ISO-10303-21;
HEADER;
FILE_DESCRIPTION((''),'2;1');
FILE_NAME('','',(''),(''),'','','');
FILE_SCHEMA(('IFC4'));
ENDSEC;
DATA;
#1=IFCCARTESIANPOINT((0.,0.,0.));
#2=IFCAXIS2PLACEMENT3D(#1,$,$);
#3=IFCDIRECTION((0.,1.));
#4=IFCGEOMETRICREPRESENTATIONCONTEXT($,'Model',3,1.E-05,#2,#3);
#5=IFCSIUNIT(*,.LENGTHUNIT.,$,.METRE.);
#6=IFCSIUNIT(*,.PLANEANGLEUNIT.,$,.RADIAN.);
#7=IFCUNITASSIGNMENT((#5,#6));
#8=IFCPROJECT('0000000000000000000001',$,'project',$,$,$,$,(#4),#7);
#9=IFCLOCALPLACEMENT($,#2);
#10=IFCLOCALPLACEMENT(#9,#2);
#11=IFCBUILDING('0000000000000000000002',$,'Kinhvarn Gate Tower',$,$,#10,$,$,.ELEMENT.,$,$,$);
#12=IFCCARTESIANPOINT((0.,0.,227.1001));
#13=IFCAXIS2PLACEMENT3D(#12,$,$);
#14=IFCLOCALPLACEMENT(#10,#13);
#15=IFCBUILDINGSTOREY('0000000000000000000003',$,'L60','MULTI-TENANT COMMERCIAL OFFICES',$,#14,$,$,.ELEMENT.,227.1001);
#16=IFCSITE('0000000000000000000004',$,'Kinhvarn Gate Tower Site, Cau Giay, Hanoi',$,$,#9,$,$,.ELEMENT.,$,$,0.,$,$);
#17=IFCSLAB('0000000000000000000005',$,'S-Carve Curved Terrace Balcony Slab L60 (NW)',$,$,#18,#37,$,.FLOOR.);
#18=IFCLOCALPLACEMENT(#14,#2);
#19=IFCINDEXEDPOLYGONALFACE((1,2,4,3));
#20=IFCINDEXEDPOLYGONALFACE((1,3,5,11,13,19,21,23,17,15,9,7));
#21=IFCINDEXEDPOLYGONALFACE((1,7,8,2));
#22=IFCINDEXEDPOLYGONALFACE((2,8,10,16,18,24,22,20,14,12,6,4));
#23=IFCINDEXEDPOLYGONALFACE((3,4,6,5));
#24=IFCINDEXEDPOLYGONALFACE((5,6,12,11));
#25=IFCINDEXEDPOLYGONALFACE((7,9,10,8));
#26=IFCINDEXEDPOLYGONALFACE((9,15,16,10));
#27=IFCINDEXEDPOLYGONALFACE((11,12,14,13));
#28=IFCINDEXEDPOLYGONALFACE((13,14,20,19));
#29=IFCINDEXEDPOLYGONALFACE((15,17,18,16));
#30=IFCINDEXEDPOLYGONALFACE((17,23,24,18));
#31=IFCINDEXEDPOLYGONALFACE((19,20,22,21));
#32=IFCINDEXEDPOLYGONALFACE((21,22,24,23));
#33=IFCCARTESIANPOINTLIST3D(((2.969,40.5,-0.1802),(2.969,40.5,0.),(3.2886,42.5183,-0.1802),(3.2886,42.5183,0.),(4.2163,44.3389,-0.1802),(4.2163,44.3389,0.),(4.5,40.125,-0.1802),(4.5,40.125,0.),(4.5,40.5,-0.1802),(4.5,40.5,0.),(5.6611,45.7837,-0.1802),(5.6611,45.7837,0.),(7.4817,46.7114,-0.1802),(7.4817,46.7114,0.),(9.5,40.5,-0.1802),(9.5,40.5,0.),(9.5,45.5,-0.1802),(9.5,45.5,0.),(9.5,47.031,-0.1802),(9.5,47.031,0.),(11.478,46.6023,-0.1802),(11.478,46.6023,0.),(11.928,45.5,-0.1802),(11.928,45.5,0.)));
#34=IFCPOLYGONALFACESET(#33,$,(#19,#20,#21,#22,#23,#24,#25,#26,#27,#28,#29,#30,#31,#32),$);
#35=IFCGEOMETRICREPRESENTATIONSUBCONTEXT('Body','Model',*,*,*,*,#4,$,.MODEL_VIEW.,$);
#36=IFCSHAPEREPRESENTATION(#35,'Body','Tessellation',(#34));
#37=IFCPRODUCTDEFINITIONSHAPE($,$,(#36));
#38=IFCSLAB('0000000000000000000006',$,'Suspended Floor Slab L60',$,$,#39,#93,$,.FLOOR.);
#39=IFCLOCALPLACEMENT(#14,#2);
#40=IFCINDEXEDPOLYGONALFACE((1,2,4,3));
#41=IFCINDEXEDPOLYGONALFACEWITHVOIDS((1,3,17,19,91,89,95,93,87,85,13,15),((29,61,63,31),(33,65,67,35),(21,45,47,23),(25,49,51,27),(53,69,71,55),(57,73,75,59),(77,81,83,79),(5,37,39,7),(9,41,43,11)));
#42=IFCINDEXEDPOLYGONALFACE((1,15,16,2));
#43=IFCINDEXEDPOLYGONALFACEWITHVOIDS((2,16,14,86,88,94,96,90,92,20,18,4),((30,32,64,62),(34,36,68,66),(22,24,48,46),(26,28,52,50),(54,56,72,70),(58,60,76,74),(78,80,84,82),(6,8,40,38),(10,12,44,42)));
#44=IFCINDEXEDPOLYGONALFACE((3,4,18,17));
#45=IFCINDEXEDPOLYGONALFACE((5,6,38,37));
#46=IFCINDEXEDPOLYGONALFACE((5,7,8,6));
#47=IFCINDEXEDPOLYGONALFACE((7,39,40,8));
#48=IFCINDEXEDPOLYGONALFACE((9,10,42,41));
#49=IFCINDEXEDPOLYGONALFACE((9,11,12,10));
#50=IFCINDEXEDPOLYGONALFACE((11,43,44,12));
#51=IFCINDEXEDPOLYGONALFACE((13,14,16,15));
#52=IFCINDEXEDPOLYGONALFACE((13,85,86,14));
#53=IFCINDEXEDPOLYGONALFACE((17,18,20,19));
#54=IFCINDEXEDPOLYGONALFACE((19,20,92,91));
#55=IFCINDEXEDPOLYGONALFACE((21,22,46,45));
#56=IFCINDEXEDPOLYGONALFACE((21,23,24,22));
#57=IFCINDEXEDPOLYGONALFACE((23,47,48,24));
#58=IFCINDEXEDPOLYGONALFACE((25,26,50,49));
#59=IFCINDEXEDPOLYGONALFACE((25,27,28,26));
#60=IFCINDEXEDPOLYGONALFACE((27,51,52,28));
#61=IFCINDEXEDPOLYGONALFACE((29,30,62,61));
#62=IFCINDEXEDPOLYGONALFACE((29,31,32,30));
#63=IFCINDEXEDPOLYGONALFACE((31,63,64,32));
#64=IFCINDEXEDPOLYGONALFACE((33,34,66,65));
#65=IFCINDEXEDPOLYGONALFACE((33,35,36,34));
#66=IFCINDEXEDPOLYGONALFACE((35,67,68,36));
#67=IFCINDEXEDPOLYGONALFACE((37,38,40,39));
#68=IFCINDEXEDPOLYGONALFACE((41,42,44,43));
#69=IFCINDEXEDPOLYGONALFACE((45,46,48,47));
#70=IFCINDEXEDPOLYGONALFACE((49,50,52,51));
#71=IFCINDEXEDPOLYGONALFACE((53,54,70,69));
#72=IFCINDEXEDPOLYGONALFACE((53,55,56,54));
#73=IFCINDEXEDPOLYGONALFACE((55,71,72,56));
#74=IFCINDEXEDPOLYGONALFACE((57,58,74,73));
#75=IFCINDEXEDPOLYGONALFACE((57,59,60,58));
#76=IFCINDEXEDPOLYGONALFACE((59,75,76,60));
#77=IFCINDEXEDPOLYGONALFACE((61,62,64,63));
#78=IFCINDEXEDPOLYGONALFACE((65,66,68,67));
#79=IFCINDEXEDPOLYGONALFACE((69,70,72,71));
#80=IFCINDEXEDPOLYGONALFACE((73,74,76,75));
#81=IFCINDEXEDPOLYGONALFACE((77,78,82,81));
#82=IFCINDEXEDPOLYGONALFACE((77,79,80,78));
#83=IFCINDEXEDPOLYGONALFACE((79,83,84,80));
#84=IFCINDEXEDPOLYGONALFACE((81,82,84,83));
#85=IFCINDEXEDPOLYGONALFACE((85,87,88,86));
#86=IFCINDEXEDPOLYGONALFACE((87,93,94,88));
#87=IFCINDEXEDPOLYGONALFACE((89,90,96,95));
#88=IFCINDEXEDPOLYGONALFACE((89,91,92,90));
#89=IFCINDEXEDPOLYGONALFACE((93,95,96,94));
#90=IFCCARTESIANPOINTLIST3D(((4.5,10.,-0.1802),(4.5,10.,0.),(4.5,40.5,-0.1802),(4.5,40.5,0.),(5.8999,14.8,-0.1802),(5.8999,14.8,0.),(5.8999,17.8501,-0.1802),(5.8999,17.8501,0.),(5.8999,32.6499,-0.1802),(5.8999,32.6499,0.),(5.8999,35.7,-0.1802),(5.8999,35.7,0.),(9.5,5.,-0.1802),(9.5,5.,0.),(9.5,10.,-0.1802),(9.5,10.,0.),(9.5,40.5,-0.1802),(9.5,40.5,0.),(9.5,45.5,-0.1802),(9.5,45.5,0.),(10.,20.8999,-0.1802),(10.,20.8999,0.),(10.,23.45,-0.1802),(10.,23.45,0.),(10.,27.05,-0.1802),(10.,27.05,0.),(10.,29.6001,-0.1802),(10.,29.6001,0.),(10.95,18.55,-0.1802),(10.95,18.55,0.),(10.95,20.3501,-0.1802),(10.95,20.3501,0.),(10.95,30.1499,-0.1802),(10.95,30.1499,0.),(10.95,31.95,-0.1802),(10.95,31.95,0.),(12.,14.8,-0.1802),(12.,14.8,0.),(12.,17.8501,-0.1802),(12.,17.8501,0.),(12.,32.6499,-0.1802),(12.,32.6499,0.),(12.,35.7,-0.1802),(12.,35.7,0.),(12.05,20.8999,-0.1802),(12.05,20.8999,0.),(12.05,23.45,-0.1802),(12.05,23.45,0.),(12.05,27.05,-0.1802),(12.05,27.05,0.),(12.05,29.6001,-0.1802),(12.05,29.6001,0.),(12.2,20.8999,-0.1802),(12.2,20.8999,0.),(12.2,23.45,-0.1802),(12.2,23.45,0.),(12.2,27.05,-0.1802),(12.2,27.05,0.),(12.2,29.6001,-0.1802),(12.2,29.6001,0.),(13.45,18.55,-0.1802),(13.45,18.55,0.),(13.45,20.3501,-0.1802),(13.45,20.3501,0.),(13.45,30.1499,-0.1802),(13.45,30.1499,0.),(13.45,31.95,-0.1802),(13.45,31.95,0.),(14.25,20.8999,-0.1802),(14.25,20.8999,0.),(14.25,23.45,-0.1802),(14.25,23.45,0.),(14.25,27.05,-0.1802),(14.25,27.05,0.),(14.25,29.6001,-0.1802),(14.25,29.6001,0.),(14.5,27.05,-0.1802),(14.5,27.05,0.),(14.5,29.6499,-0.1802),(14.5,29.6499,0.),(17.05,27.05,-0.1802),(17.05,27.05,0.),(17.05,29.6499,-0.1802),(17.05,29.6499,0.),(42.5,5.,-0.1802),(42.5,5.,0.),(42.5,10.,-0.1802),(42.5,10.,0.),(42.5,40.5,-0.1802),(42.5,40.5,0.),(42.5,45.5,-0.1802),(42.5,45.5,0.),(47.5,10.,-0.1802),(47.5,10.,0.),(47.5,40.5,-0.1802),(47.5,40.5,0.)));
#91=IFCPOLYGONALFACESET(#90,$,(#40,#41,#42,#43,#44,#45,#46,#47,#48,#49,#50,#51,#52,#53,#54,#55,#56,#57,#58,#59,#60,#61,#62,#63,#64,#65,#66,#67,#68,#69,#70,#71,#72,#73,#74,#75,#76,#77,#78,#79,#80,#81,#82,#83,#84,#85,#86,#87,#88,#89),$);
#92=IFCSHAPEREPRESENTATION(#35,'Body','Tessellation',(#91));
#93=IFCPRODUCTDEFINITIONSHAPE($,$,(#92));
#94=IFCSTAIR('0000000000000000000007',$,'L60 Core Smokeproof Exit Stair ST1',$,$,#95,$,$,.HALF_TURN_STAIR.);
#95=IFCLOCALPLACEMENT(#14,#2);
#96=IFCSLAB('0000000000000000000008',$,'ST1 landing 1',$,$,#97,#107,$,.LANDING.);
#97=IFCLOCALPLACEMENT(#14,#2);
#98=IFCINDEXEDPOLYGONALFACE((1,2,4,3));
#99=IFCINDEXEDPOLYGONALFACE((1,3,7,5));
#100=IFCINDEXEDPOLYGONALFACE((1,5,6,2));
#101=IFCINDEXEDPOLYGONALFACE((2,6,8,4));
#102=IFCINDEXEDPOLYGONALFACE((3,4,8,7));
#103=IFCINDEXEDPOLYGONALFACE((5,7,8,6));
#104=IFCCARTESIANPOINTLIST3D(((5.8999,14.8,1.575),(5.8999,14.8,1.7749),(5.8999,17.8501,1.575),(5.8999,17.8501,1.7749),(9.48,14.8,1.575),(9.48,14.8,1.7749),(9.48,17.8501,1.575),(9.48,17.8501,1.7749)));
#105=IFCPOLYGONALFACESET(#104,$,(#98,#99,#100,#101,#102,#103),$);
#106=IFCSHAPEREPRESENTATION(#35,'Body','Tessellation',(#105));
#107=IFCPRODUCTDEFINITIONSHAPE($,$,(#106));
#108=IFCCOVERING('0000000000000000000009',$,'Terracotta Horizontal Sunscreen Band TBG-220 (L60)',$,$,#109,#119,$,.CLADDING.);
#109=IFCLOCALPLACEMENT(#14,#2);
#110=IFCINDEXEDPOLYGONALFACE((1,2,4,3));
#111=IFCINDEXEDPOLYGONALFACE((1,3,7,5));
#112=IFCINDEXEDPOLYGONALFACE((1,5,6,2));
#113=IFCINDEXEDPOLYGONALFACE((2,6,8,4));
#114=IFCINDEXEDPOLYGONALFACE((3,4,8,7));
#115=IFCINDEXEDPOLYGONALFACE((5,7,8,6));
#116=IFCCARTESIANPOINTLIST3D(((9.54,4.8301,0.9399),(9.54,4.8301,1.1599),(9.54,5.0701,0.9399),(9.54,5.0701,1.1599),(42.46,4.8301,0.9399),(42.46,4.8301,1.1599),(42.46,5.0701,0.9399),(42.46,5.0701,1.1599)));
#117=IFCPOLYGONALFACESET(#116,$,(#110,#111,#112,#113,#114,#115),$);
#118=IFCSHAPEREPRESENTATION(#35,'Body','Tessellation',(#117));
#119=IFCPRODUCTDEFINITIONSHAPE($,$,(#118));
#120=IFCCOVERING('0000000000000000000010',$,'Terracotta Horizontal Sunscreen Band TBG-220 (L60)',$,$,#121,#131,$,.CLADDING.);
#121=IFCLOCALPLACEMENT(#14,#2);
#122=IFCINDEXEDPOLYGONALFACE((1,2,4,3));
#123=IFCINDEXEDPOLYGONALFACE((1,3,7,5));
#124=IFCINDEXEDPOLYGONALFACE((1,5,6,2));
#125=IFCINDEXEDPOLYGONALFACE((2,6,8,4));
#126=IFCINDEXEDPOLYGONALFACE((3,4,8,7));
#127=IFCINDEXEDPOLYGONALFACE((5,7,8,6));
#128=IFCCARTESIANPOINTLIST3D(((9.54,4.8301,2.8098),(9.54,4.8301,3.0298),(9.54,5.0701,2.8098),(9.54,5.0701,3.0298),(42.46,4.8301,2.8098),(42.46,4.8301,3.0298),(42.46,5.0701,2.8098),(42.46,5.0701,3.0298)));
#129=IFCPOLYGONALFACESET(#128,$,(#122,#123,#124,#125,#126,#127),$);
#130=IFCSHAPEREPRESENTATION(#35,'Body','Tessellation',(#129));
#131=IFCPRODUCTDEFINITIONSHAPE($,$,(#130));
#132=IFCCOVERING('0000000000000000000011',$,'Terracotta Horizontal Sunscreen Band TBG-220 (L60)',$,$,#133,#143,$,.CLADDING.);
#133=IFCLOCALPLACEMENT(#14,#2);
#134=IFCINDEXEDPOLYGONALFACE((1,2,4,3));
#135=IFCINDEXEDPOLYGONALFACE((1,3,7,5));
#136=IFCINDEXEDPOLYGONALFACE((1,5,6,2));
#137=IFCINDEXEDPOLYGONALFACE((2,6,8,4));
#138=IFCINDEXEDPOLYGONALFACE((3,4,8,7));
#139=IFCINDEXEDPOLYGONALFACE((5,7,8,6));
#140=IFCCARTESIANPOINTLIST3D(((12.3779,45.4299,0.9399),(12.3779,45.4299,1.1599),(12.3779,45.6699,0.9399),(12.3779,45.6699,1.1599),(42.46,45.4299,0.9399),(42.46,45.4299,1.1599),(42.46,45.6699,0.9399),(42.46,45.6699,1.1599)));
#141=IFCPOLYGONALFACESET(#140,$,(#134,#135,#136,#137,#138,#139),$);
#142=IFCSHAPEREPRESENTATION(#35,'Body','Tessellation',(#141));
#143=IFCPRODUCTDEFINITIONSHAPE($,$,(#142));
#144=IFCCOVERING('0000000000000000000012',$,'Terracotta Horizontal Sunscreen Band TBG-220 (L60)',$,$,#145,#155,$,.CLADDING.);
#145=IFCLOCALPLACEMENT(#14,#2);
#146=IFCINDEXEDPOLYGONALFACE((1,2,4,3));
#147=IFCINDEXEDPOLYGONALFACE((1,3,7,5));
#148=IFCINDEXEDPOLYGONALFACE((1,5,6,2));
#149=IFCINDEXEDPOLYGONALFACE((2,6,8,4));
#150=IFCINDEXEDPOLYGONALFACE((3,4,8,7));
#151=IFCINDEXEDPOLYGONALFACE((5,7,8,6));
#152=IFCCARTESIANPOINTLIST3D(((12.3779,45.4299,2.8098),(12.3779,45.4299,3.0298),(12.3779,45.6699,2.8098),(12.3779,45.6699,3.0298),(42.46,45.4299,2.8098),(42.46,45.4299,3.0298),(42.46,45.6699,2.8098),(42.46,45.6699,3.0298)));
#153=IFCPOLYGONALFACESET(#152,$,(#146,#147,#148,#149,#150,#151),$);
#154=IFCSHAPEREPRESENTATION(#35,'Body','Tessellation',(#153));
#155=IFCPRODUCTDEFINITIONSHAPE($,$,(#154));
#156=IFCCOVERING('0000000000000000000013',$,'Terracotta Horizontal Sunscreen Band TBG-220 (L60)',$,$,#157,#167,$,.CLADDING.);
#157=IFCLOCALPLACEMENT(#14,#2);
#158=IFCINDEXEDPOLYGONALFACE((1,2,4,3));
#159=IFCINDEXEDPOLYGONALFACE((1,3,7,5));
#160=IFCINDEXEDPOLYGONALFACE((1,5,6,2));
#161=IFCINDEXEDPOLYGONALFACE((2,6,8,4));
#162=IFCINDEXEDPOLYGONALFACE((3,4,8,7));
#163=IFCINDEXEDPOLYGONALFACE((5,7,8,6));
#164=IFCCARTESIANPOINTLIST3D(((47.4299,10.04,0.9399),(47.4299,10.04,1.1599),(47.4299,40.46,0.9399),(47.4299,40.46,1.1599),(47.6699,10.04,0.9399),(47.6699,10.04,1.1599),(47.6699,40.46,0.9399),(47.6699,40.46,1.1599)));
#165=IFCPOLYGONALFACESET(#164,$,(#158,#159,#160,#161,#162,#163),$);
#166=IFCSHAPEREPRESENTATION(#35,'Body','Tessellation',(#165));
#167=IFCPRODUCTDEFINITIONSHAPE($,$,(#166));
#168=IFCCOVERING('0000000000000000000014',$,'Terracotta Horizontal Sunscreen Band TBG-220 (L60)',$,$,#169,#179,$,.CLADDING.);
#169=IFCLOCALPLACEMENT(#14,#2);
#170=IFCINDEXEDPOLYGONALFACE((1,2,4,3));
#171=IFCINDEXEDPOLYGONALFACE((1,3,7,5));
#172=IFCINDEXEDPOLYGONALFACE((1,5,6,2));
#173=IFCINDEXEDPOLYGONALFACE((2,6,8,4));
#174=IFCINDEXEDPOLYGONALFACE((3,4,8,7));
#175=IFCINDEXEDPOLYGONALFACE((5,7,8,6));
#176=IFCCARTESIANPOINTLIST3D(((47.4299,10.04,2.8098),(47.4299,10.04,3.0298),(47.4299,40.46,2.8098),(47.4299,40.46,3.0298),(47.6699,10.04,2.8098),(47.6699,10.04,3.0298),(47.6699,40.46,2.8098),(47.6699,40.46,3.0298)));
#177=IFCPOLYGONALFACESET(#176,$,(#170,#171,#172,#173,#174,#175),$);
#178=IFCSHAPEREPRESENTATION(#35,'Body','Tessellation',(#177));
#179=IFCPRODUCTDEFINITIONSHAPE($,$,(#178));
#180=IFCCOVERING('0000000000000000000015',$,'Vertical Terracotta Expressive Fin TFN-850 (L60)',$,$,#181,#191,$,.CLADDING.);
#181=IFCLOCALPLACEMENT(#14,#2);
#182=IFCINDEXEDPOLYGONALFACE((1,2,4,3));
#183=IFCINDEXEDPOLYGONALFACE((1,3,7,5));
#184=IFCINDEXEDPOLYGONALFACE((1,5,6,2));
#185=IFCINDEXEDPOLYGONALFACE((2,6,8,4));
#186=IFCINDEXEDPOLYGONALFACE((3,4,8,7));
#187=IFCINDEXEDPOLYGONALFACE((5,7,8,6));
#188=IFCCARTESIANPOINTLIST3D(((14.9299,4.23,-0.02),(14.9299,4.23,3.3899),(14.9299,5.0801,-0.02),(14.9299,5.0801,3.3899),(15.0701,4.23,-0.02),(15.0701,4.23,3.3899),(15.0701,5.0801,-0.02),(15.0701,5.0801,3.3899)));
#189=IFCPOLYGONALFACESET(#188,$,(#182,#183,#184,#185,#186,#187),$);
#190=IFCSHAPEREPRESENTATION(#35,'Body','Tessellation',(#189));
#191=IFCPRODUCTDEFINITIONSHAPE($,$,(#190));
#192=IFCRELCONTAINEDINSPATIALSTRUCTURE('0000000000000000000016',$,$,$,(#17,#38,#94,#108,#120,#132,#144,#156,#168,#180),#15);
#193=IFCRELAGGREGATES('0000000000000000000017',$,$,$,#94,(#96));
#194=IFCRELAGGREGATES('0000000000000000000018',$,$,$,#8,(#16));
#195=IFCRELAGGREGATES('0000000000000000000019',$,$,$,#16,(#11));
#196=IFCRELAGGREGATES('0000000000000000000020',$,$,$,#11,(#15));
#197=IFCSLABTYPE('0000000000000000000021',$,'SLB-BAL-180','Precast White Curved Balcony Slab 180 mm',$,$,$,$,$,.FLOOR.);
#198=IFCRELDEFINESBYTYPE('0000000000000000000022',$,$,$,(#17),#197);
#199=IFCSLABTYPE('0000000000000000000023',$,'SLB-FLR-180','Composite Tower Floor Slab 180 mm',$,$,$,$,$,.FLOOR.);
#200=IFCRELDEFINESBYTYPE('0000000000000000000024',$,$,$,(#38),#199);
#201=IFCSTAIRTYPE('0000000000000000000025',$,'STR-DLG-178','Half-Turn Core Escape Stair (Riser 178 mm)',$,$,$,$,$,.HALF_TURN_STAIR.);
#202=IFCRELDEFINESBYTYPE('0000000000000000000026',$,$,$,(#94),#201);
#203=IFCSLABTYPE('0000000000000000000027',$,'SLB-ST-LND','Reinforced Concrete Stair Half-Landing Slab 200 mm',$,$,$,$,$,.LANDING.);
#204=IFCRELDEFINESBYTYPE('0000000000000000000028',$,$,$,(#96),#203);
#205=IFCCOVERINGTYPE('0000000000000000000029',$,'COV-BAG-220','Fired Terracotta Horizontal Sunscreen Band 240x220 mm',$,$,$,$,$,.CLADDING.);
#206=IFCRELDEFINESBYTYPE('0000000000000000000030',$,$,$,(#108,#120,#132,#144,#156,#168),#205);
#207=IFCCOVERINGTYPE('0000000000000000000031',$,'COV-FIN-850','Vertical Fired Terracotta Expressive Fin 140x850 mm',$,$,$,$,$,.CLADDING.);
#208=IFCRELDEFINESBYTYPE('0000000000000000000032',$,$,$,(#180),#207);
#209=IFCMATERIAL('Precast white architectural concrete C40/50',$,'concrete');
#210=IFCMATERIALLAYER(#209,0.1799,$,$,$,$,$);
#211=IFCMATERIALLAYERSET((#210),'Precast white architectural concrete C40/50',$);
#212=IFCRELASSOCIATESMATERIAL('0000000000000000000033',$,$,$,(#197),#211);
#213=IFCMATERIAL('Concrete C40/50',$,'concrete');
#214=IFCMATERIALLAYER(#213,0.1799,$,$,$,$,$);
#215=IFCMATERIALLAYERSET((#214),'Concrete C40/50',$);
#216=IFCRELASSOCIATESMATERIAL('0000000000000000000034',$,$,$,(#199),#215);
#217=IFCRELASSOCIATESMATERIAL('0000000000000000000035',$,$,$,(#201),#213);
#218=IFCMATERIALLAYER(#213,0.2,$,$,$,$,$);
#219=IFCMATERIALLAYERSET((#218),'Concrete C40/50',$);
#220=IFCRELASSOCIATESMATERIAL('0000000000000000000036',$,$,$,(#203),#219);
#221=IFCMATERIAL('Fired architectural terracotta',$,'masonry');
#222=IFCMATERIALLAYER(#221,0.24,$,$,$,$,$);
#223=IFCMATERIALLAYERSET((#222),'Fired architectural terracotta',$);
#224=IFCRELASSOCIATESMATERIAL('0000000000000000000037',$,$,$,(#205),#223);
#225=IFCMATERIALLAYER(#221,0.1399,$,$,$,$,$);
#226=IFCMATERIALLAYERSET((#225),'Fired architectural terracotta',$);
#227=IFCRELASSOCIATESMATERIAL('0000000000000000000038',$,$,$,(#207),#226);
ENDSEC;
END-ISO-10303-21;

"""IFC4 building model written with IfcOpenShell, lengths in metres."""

from ifc_helpers import new_model, si_unit, direction, frame, origin, place, context, subcontext, project, spatial, polyline, outline, extrude, material, layer, layer_set, type_object, element, aggregate, save


model = new_model("IFC4")

# Units and contexts
model_context = context("Model", 3, precision=1e-05, world=origin(), true_north=direction((0.0, 1.0)))
body_context = subcontext(model_context, "Body", "Model", "MODEL_VIEW")
ifc_project = project(units=[si_unit("LENGTHUNIT", "METRE"), si_unit("PLANEANGLEUNIT", "RADIAN")], contexts=[model_context])

# Site, building, storey
site_placement = place(None, origin())
site = spatial("IfcSite", under=ifc_project, at=site_placement, Name="Kinhvarn Gate Tower Site, Cau Giay, Hanoi", CompositionType="ELEMENT", RefElevation=0.0)
building_placement = place(site_placement, origin())
building = spatial("IfcBuilding", under=site, at=building_placement, Name="Kinhvarn Gate Tower", CompositionType="ELEMENT")
storey_placement = place(building_placement, frame((0.0, 0.0, 227.1001)))
storey = spatial("IfcBuildingStorey", under=building, at=storey_placement, Name="L60", Description="MULTI-TENANT COMMERCIAL OFFICES", CompositionType="ELEMENT", Elevation=227.1001)

# Slabs
ifc_material_1 = material(Name="Precast white architectural concrete C40/50", Category="concrete")
ifc_layer_1 = layer(ifc_material_1, 0.1799)
ifc_layer_set_1 = layer_set([ifc_layer_1], Name="Precast white architectural concrete C40/50")
slab_type_1 = type_object("IfcSlabType", Name="SLB-BAL-180", Description="Precast White Curved Balcony Slab 180 mm", PredefinedType="FLOOR", material=ifc_layer_set_1)
slab_1_placement = place(storey_placement, frame((0.0, 0.0, -0.1802)))
element("IfcSlab", 1, at=slab_1_placement, inside=storey, type_object=slab_type_1, Name="S-Carve Curved Terrace Balcony Slab L60 (NW)", PredefinedType="FLOOR", context=body_context, shape_type="SweptSolid", body=[
    extrude(outline(polyline([(11.928, 45.5), (11.478, 46.6023), (9.5, 47.031), (7.4817, 46.7114), (5.6611, 45.7837), (4.2163, 44.3389), (3.2886, 42.5183), (2.969, 40.5), (4.5, 40.125), (4.5, 40.5), (9.5, 40.5), (9.5, 45.5), (11.928, 45.5)])), origin(), (0.0, 0.0, 1.0), 0.1802),
])
ifc_material_2 = material(Name="Concrete C40/50", Category="concrete")
ifc_layer_2 = layer(ifc_material_2, 0.1799)
ifc_layer_set_2 = layer_set([ifc_layer_2], Name="Concrete C40/50")
slab_type_2 = type_object("IfcSlabType", Name="SLB-FLR-180", Description="Composite Tower Floor Slab 180 mm", PredefinedType="FLOOR", material=ifc_layer_set_2)
slab_2_placement = place(storey_placement, frame((0.0, 0.0, -0.1802)))
element("IfcSlab", 2, at=slab_2_placement, inside=storey, type_object=slab_type_2, Name="Suspended Floor Slab L60", PredefinedType="FLOOR", context=body_context, shape_type="SweptSolid", body=[
    extrude(outline(polyline([(9.5, 5.0), (42.5, 5.0), (42.5, 10.0), (47.5, 10.0), (47.5, 40.5), (42.5, 40.5), (42.5, 45.5), (9.5, 45.5), (9.5, 40.5), (4.5, 40.5), (4.5, 10.0), (9.5, 10.0), (9.5, 5.0)]), holes=[polyline([(5.8999, 14.8), (12.0, 14.8), (12.0, 17.8501), (5.8999, 17.8501), (5.8999, 14.8)]), polyline([(5.8999, 32.6499), (12.0, 32.6499), (12.0, 35.7), (5.8999, 35.7), (5.8999, 32.6499)]), polyline([(10.0, 20.8999), (12.05, 20.8999), (12.05, 23.45), (10.0, 23.45), (10.0, 20.8999)]), polyline([(12.2, 20.8999), (14.25, 20.8999), (14.25, 23.45), (12.2, 23.45), (12.2, 20.8999)]), polyline([(10.0, 27.05), (12.05, 27.05), (12.05, 29.6001), (10.0, 29.6001), (10.0, 27.05)]), polyline([(12.2, 27.05), (14.25, 27.05), (14.25, 29.6001), (12.2, 29.6001), (12.2, 27.05)]), polyline([(14.5, 27.05), (17.05, 27.05), (17.05, 29.6499), (14.5, 29.6499), (14.5, 27.05)]), polyline([(10.95, 18.55), (13.45, 18.55), (13.45, 20.3501), (10.95, 20.3501), (10.95, 18.55)]), polyline([(10.95, 30.1499), (13.45, 30.1499), (13.45, 31.95), (10.95, 31.95), (10.95, 30.1499)])]), origin(), (0.0, 0.0, 1.0), 0.1802),
])

# Stair, slab
stair_type = type_object("IfcStairType", Name="STR-DLG-178", Description="Half-Turn Core Escape Stair (Riser 178 mm)", PredefinedType="HALF_TURN_STAIR", material=ifc_material_2)
stair_placement = place(storey_placement, origin())
stair = element("IfcStair", 3, at=stair_placement, inside=storey, type_object=stair_type, Name="L60 Core Smokeproof Exit Stair ST1", PredefinedType="HALF_TURN_STAIR")
ifc_layer_3 = layer(ifc_material_2, 0.2)
ifc_layer_set_3 = layer_set([ifc_layer_3], Name="Concrete C40/50")
slab_type_3 = type_object("IfcSlabType", Name="SLB-ST-LND", Description="Reinforced Concrete Stair Half-Landing Slab 200 mm", PredefinedType="LANDING", material=ifc_layer_set_3)
slab_3_placement = place(storey_placement, frame((0.0, 0.0, 1.575)))
slab_3 = element("IfcSlab", 4, at=slab_3_placement, type_object=slab_type_3, Name="ST1 landing 1", PredefinedType="LANDING", context=body_context, shape_type="SweptSolid", body=[
    extrude(outline(polyline([(9.48, 17.8501), (5.8999, 17.8501), (5.8999, 14.8), (9.48, 14.8), (9.48, 17.8501)])), origin(), (0.0, 0.0, 1.0), 0.2),
])
aggregate(stair, [slab_3])

# Coverings
ifc_material_3 = material(Name="Fired architectural terracotta", Category="masonry")
ifc_layer_4 = layer(ifc_material_3, 0.24)
ifc_layer_set_4 = layer_set([ifc_layer_4], Name="Fired architectural terracotta")
covering_type_1 = type_object("IfcCoveringType", Name="COV-BAG-220", Description="Fired Terracotta Horizontal Sunscreen Band 240x220 mm", PredefinedType="CLADDING", material=ifc_layer_set_4)
for number, where, name in (
    (5, (0.0, 0.0, 0.9399), "Terracotta Horizontal Sunscreen Band TBG-220 (L60)"),
    (6, (0.0, 0.0, 2.8098), "Terracotta Horizontal Sunscreen Band TBG-220 (L60)"),
):
    element("IfcCovering", number, at=place(storey_placement, frame(where)), inside=storey, type_object=covering_type_1, Name=name, PredefinedType="CLADDING", context=body_context, shape_type="SweptSolid", body=[
        extrude(outline(polyline([(9.54, 5.0701), (42.46, 5.0701), (42.46, 4.8301), (9.54, 4.8301), (9.54, 5.0701)])), origin(), (0.0, 0.0, 1.0), 0.22),
    ])
for number, where, name in (
    (7, (0.0, 0.0, 0.9399), "Terracotta Horizontal Sunscreen Band TBG-220 (L60)"),
    (8, (0.0, 0.0, 2.8098), "Terracotta Horizontal Sunscreen Band TBG-220 (L60)"),
):
    element("IfcCovering", number, at=place(storey_placement, frame(where)), inside=storey, type_object=covering_type_1, Name=name, PredefinedType="CLADDING", context=body_context, shape_type="SweptSolid", body=[
        extrude(outline(polyline([(42.46, 45.4299), (12.3779, 45.4299), (12.3779, 45.6699), (42.46, 45.6699), (42.46, 45.4299)])), origin(), (0.0, 0.0, 1.0), 0.22),
    ])
for number, where, name in (
    (9, (0.0, 0.0, 0.9399), "Terracotta Horizontal Sunscreen Band TBG-220 (L60)"),
    (10, (0.0, 0.0, 2.8098), "Terracotta Horizontal Sunscreen Band TBG-220 (L60)"),
):
    element("IfcCovering", number, at=place(storey_placement, frame(where)), inside=storey, type_object=covering_type_1, Name=name, PredefinedType="CLADDING", context=body_context, shape_type="SweptSolid", body=[
        extrude(outline(polyline([(47.4299, 10.04), (47.4299, 40.46), (47.6699, 40.46), (47.6699, 10.04), (47.4299, 10.04)])), origin(), (0.0, 0.0, 1.0), 0.22),
    ])
ifc_layer_5 = layer(ifc_material_3, 0.1399)
ifc_layer_set_5 = layer_set([ifc_layer_5], Name="Fired architectural terracotta")
covering_type_2 = type_object("IfcCoveringType", Name="COV-FIN-850", Description="Vertical Fired Terracotta Expressive Fin 140x850 mm", PredefinedType="CLADDING", material=ifc_layer_set_5)
covering_1_placement = place(storey_placement, frame((0.0, 0.0, -0.02)))
element("IfcCovering", 11, at=covering_1_placement, inside=storey, type_object=covering_type_2, Name="Vertical Terracotta Expressive Fin TFN-850 (L60)", PredefinedType="CLADDING", context=body_context, shape_type="SweptSolid", body=[
    extrude(outline(polyline([(14.9299, 5.0801), (15.0701, 5.0801), (15.0701, 4.23), (14.9299, 4.23), (14.9299, 5.0801)])), origin(), (0.0, 0.0, 1.0), 3.4099),
])

save(model, "model.ifc")
